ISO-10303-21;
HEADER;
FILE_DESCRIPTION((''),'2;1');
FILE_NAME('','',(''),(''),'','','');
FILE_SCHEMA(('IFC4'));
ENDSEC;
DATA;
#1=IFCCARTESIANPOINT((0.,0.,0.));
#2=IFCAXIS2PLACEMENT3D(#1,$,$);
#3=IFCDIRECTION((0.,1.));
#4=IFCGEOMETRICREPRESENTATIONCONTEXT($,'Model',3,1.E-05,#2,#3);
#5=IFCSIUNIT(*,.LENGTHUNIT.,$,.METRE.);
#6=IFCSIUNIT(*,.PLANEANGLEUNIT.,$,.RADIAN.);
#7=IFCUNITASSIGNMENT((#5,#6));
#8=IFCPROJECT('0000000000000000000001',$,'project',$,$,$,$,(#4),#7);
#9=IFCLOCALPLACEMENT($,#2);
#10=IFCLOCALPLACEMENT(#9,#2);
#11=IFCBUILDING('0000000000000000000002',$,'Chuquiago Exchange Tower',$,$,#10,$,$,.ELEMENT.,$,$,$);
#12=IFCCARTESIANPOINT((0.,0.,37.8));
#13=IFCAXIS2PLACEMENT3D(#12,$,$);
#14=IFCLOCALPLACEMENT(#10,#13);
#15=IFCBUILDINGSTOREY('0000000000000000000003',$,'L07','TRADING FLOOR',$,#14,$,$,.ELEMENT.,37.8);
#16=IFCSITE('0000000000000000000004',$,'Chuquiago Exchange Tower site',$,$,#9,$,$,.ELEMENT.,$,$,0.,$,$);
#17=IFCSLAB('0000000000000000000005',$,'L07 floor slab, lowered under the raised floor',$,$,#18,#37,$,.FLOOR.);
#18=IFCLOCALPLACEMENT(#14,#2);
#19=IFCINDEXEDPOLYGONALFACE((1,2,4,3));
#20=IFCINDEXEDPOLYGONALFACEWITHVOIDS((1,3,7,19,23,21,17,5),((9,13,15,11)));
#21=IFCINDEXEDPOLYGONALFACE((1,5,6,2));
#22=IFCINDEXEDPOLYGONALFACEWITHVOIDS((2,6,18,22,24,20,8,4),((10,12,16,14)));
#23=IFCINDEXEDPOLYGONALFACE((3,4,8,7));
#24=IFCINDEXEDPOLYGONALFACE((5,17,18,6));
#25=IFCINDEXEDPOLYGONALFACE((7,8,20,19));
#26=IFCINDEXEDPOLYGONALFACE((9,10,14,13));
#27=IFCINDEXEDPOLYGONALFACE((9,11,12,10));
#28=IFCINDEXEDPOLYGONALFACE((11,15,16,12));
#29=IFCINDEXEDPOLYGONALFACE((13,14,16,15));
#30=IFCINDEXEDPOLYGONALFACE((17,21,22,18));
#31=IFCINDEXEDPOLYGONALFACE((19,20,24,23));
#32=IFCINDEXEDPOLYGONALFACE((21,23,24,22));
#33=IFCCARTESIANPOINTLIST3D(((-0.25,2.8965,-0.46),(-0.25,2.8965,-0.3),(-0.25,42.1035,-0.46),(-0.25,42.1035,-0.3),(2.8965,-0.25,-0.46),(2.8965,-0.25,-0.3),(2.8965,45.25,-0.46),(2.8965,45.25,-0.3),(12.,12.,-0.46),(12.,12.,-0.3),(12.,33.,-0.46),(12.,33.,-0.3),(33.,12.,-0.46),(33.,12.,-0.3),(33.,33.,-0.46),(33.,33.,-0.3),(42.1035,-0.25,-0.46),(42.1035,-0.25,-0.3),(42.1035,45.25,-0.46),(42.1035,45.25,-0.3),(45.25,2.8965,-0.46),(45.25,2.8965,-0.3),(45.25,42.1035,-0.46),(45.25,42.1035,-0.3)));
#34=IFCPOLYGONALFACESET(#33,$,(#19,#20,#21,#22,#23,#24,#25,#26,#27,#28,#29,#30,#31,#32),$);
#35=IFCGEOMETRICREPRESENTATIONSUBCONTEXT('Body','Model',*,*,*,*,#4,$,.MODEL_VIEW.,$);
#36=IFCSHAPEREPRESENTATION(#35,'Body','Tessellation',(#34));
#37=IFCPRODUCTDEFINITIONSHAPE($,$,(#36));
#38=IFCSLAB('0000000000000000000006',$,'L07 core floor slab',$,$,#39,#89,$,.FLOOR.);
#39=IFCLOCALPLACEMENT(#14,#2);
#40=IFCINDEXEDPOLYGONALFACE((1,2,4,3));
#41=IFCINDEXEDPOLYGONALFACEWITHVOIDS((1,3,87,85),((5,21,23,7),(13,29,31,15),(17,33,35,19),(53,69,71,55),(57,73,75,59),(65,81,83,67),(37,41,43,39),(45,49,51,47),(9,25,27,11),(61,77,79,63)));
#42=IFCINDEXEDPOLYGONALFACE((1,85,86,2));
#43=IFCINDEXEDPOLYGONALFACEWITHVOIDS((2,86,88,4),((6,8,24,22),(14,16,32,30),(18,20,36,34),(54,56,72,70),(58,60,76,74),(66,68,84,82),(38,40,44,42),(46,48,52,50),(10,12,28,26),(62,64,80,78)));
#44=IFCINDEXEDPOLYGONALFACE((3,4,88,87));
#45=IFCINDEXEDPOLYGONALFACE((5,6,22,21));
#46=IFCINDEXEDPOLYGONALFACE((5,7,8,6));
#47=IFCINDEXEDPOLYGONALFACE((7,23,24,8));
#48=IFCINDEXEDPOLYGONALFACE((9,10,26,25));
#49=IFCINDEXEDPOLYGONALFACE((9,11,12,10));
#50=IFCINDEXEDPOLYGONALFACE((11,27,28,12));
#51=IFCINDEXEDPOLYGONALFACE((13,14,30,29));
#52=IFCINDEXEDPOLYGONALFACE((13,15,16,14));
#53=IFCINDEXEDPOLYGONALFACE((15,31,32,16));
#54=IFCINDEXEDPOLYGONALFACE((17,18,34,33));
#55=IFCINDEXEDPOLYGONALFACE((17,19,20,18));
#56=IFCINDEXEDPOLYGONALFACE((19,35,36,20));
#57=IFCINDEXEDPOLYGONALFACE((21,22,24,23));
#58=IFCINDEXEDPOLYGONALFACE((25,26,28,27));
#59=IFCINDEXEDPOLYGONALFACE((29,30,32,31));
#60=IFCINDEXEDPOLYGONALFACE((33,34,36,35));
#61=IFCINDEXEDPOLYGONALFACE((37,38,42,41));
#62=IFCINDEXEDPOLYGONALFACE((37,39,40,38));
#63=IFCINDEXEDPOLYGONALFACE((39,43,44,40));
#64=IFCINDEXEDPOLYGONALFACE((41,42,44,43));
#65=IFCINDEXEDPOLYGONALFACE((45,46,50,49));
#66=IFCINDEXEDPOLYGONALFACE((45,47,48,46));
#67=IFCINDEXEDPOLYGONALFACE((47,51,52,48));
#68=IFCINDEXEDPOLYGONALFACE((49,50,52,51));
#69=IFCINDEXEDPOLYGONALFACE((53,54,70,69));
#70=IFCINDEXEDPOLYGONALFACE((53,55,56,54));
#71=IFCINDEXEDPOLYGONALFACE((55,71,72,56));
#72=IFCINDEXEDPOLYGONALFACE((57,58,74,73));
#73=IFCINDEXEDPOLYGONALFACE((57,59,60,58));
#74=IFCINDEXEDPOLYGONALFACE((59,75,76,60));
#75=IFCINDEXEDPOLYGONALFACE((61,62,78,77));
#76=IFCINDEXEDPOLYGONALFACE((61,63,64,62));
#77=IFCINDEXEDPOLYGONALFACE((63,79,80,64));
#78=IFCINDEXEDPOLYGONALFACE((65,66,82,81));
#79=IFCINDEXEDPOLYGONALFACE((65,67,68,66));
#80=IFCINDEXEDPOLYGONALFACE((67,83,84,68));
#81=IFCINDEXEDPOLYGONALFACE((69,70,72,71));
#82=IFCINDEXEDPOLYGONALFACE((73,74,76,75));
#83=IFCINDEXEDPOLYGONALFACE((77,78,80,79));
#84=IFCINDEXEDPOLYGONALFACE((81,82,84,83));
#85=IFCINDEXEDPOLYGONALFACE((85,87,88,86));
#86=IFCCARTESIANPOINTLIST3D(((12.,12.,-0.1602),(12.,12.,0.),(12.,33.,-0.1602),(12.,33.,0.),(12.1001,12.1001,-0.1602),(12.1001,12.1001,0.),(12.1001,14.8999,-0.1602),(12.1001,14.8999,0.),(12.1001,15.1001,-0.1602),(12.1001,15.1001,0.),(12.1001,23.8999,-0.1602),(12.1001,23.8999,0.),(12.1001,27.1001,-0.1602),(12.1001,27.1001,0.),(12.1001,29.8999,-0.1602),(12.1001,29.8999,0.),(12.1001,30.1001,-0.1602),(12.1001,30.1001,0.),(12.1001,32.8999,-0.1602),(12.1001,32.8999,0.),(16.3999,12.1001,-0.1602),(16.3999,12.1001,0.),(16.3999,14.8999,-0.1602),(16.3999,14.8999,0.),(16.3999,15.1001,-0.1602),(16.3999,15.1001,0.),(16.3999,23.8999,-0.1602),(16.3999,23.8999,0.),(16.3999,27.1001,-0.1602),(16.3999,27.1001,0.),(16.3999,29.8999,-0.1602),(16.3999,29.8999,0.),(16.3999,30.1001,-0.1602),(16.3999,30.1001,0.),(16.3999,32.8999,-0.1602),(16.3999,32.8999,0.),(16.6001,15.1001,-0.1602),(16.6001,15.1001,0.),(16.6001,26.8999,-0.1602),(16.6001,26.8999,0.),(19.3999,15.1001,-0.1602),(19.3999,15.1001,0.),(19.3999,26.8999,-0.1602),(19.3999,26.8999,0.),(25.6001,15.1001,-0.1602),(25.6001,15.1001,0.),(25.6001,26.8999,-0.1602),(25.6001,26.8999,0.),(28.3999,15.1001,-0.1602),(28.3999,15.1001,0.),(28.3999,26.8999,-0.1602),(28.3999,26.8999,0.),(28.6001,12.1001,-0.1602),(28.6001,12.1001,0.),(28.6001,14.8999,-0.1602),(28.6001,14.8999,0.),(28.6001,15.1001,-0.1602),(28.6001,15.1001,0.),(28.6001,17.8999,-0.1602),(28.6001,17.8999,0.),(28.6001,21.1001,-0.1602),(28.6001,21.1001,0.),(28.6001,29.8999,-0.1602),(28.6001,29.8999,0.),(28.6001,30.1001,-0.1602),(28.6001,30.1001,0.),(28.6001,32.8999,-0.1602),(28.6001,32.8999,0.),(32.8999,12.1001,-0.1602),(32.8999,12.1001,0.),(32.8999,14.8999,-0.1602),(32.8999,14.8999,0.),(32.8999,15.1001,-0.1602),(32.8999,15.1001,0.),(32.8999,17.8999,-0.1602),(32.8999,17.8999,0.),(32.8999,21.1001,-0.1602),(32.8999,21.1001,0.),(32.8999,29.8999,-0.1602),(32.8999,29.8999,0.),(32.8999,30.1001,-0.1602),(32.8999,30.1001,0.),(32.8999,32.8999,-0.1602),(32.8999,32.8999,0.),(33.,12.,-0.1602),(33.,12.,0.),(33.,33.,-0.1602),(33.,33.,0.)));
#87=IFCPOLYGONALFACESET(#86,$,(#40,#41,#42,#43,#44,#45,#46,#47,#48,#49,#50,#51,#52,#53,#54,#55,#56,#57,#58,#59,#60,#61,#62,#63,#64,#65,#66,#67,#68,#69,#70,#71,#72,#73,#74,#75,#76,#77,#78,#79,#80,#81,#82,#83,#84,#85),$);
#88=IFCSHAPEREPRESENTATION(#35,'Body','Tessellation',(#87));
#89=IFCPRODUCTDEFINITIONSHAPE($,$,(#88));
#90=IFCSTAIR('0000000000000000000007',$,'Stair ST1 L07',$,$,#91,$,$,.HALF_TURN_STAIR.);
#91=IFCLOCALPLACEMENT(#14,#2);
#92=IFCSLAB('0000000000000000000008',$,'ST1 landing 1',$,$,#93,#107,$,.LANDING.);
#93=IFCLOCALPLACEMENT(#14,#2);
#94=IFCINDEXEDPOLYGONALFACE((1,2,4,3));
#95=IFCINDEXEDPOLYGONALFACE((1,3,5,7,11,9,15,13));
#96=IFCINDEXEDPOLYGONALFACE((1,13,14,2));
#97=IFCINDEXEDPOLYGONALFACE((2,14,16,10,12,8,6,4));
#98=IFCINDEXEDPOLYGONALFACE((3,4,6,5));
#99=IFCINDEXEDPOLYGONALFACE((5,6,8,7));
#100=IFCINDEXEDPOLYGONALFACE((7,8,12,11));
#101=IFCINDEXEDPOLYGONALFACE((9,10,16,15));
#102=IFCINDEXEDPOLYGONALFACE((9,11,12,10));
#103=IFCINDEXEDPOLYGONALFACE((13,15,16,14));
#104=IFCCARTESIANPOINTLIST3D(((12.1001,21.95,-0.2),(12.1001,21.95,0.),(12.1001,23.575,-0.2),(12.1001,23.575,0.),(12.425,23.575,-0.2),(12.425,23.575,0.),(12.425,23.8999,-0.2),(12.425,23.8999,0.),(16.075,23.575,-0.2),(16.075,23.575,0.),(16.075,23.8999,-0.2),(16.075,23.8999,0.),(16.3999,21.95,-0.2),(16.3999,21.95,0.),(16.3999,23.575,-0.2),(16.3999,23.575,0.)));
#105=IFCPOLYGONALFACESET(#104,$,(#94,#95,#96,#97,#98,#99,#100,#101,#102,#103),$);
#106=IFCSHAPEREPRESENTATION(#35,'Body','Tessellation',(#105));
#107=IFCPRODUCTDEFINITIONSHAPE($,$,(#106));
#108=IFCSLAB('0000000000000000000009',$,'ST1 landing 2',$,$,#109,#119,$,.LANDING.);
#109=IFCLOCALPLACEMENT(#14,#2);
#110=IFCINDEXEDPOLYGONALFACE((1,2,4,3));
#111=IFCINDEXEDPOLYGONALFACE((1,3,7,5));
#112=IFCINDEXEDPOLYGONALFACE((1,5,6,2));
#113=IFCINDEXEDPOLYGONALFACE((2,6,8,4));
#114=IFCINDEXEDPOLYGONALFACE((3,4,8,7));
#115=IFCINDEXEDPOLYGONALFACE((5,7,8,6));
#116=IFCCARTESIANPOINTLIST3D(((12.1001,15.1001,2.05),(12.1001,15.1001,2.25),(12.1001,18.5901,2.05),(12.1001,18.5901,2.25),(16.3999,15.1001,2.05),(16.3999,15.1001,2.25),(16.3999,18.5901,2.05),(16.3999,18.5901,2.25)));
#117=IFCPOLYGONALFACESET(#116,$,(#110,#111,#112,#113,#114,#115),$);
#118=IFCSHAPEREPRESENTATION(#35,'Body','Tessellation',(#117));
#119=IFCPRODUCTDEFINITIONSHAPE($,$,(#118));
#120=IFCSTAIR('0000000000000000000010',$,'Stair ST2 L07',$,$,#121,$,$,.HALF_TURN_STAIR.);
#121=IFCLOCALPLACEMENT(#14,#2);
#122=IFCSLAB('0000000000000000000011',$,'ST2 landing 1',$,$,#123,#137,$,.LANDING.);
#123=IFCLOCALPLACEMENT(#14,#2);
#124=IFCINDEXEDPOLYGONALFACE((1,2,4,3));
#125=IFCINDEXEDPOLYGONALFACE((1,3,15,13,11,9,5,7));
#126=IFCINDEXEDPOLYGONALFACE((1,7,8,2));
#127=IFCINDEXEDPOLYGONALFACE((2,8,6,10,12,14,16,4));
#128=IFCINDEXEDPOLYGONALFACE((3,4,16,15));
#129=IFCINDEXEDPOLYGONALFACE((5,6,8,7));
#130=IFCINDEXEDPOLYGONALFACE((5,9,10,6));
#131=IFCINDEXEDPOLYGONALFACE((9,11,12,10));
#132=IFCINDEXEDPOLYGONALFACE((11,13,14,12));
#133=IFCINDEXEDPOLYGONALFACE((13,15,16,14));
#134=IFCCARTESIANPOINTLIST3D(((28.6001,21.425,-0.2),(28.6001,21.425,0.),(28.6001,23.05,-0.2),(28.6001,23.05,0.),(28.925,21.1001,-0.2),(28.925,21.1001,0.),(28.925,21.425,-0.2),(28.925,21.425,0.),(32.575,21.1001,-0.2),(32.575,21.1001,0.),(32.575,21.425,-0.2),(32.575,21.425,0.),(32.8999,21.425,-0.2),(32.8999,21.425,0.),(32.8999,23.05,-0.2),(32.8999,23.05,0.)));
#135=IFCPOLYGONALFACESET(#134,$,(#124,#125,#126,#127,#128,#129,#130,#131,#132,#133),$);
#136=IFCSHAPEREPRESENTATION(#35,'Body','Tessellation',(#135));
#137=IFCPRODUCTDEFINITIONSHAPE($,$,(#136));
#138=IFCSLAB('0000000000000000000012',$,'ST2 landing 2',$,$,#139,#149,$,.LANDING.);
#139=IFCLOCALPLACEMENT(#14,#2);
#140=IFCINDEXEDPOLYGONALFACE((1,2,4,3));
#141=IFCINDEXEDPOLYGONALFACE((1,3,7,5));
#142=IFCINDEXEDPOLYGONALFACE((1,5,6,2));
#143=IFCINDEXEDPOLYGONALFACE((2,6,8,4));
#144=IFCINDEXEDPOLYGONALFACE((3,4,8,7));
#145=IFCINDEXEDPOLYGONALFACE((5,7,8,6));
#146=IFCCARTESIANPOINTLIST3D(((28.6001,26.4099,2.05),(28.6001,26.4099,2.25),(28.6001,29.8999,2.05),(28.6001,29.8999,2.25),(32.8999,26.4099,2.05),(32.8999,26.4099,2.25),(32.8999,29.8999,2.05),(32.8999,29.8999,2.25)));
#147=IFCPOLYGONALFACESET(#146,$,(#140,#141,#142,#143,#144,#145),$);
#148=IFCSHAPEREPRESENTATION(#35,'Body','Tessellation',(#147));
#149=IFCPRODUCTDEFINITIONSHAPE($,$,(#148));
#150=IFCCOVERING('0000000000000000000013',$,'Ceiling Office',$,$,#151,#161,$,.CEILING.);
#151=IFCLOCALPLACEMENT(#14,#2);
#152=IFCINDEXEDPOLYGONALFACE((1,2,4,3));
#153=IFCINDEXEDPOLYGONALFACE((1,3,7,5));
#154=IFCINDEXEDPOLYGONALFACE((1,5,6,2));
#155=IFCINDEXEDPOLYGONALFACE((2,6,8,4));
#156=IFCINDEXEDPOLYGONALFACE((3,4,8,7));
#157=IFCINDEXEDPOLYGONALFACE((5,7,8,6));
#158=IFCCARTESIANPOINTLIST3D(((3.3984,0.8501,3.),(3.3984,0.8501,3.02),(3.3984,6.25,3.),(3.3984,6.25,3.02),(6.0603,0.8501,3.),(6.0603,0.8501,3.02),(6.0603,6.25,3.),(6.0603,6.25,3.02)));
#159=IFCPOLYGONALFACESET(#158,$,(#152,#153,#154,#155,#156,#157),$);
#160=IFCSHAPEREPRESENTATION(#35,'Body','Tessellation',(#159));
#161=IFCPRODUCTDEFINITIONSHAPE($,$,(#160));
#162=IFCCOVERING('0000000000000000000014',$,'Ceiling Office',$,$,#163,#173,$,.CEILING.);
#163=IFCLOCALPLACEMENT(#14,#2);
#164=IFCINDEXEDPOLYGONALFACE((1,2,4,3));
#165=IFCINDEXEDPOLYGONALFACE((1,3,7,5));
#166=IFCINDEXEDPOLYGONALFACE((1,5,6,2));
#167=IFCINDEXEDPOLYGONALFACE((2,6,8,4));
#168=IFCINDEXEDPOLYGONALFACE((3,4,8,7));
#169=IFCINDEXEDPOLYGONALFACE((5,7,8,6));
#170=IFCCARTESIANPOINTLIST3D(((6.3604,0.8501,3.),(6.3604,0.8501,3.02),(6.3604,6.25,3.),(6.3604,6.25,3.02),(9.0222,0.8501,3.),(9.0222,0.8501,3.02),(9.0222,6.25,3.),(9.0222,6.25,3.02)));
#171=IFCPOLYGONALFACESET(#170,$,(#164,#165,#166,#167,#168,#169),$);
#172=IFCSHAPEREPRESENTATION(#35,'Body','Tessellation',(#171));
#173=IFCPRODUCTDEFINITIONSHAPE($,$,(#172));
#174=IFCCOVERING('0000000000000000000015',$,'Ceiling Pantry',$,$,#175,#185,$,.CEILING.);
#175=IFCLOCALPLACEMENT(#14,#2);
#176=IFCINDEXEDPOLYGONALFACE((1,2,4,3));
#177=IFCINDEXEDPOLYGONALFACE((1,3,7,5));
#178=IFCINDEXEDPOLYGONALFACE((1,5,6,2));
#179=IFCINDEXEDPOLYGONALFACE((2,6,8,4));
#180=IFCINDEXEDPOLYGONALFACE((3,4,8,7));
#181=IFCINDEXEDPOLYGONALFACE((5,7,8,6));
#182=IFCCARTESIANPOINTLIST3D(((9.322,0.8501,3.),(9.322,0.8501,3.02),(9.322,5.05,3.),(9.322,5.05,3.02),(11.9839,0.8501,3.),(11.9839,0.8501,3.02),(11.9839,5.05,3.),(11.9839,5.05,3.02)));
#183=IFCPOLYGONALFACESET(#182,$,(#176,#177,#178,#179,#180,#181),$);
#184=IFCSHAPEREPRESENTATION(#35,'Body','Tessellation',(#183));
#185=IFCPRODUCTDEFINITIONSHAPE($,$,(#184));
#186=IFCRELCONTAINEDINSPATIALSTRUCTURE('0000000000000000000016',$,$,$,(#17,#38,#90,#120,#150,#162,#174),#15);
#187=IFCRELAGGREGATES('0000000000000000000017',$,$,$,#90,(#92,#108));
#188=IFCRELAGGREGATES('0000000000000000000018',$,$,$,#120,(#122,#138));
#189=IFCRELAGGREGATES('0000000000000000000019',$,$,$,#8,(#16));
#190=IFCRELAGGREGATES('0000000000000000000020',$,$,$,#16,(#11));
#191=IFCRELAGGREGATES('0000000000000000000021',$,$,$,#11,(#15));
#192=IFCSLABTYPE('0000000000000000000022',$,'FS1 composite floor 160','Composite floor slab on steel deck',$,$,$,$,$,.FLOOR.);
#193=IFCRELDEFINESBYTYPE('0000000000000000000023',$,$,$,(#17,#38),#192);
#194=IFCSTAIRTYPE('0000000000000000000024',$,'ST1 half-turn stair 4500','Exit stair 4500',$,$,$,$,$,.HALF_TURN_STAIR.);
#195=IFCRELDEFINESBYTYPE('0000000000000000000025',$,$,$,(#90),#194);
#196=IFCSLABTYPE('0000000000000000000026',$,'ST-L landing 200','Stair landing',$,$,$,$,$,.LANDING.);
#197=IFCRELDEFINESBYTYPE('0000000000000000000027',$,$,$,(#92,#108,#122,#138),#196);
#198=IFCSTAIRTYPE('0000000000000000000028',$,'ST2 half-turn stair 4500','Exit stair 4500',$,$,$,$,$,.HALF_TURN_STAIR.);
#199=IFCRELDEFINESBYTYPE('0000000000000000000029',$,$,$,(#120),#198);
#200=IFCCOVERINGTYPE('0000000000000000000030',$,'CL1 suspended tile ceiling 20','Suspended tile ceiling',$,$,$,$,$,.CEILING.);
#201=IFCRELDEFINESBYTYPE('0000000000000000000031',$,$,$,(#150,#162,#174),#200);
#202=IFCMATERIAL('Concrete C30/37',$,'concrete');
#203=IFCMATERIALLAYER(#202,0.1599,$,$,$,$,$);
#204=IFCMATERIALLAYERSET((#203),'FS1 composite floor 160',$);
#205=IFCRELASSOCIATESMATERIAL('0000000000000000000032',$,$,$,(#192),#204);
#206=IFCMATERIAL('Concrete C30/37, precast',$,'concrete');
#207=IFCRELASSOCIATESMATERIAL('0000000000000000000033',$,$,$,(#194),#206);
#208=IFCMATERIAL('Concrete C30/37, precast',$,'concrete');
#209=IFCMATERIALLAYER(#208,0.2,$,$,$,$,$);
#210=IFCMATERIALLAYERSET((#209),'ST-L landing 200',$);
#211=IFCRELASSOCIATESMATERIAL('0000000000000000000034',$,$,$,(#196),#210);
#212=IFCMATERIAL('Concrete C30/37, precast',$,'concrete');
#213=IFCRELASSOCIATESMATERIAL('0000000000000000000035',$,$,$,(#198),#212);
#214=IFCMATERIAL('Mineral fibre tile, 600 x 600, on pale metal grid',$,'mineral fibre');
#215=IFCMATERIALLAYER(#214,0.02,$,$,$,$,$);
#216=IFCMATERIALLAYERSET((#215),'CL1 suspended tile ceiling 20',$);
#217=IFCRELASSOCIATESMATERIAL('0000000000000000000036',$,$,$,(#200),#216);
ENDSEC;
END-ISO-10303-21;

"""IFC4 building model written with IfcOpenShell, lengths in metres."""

from ifc_helpers import new_model, si_unit, direction, frame, origin, place, context, subcontext, project, spatial, polyline, outline, extrude, material, layer, layer_set, type_object, element, aggregate, save


model = new_model("IFC4")

# Units and contexts
model_context = context("Model", 3, precision=1e-05, world=origin(), true_north=direction((0.0, 1.0)))
body_context = subcontext(model_context, "Body", "Model", "MODEL_VIEW")
ifc_project = project(units=[si_unit("LENGTHUNIT", "METRE"), si_unit("PLANEANGLEUNIT", "RADIAN")], contexts=[model_context])

# Site, building, storey
site_placement = place(None, origin())
site = spatial("IfcSite", under=ifc_project, at=site_placement, Name="Chuquiago Exchange Tower site", CompositionType="ELEMENT", RefElevation=0.0)
building_placement = place(site_placement, origin())
building = spatial("IfcBuilding", under=site, at=building_placement, Name="Chuquiago Exchange Tower", CompositionType="ELEMENT")
storey_placement = place(building_placement, frame((0.0, 0.0, 37.8)))
storey = spatial("IfcBuildingStorey", under=building, at=storey_placement, Name="L07", Description="TRADING FLOOR", CompositionType="ELEMENT", Elevation=37.8)

# Slabs
ifc_material_1 = material(Name="Concrete C30/37", Category="concrete")
ifc_layer_1 = layer(ifc_material_1, 0.1599)
ifc_layer_set_1 = layer_set([ifc_layer_1], Name="FS1 composite floor 160")
slab_type_1 = type_object("IfcSlabType", Name="FS1 composite floor 160", Description="Composite floor slab on steel deck", PredefinedType="FLOOR", material=ifc_layer_set_1)
slab_1_placement = place(storey_placement, frame((0.0, 0.0, -0.46)))
element("IfcSlab", 1, at=slab_1_placement, inside=storey, type_object=slab_type_1, Name="L07 floor slab, lowered under the raised floor", PredefinedType="FLOOR", context=body_context, shape_type="SweptSolid", body=[
    extrude(outline(polyline([(-0.25, 2.8965), (-0.25, 42.1035), (2.8965, 45.25), (42.1035, 45.25), (45.25, 42.1035), (45.25, 2.8965), (42.1035, -0.25), (2.8965, -0.25), (-0.25, 2.8965)]), holes=[polyline([(33.0, 33.0), (12.0, 33.0), (12.0, 12.0), (33.0, 12.0), (33.0, 33.0)])]), origin(), (0.0, 0.0, 1.0), 0.1599),
])
slab_2_placement = place(storey_placement, frame((0.0, 0.0, -0.1602)))
element("IfcSlab", 2, at=slab_2_placement, inside=storey, type_object=slab_type_1, Name="L07 core floor slab", PredefinedType="FLOOR", context=body_context, shape_type="SweptSolid", body=[
    extrude(outline(polyline([(33.0, 12.0), (33.0, 33.0), (12.0, 33.0), (12.0, 12.0), (33.0, 12.0)]), holes=[polyline([(16.3999, 15.1001), (12.1001, 15.1001), (12.1001, 23.8999), (16.3999, 23.8999), (16.3999, 15.1001)]), polyline([(32.8999, 21.1001), (28.6001, 21.1001), (28.6001, 29.8999), (32.8999, 29.8999), (32.8999, 21.1001)]), polyline([(16.3999, 12.1001), (12.1001, 12.1001), (12.1001, 14.8999), (16.3999, 14.8999), (16.3999, 12.1001)]), polyline([(16.3999, 30.1001), (12.1001, 30.1001), (12.1001, 32.8999), (16.3999, 32.8999), (16.3999, 30.1001)]), polyline([(32.8999, 12.1001), (28.6001, 12.1001), (28.6001, 14.8999), (32.8999, 14.8999), (32.8999, 12.1001)]), polyline([(32.8999, 30.1001), (28.6001, 30.1001), (28.6001, 32.8999), (32.8999, 32.8999), (32.8999, 30.1001)]), polyline([(16.3999, 27.1001), (12.1001, 27.1001), (12.1001, 29.8999), (16.3999, 29.8999), (16.3999, 27.1001)]), polyline([(32.8999, 15.1001), (28.6001, 15.1001), (28.6001, 17.8999), (32.8999, 17.8999), (32.8999, 15.1001)]), polyline([(19.3999, 15.1001), (16.6001, 15.1001), (16.6001, 26.8999), (19.3999, 26.8999), (19.3999, 15.1001)]), polyline([(28.3999, 15.1001), (25.6001, 15.1001), (25.6001, 26.8999), (28.3999, 26.8999), (28.3999, 15.1001)])]), origin(), (0.0, 0.0, 1.0), 0.1602),
])

# Stairs, slabs
ifc_material_2 = material(Name="Concrete C30/37, precast", Category="concrete")
stair_type_1 = type_object("IfcStairType", Name="ST1 half-turn stair 4500", Description="Exit stair 4500", PredefinedType="HALF_TURN_STAIR", material=ifc_material_2)
stair_1_placement = place(storey_placement, origin())
stair_1 = element("IfcStair", 3, at=stair_1_placement, inside=storey, type_object=stair_type_1, Name="Stair ST1 L07", PredefinedType="HALF_TURN_STAIR")
ifc_material_3 = material(Name="Concrete C30/37, precast", Category="concrete")
ifc_layer_2 = layer(ifc_material_3, 0.2)
ifc_layer_set_2 = layer_set([ifc_layer_2], Name="ST-L landing 200")
slab_type_2 = type_object("IfcSlabType", Name="ST-L landing 200", Description="Stair landing", PredefinedType="LANDING", material=ifc_layer_set_2)
slab_3_placement = place(storey_placement, frame((0.0, 0.0, -0.2)))
slab_3 = element("IfcSlab", 4, at=slab_3_placement, type_object=slab_type_2, Name="ST1 landing 1", PredefinedType="LANDING", context=body_context, shape_type="SweptSolid", body=[
    extrude(outline(polyline([(12.425, 23.8999), (16.075, 23.8999), (16.075, 23.575), (16.3999, 23.575), (16.3999, 21.95), (12.1001, 21.95), (12.1001, 23.575), (12.425, 23.575), (12.425, 23.8999)])), origin(), (0.0, 0.0, 1.0), 0.2),
])
slab_4_placement = place(storey_placement, frame((0.0, 0.0, 2.05)))
slab_4 = element("IfcSlab", 5, at=slab_4_placement, type_object=slab_type_2, Name="ST1 landing 2", PredefinedType="LANDING", context=body_context, shape_type="SweptSolid", body=[
    extrude(outline(polyline([(12.1001, 18.5901), (16.3999, 18.5901), (16.3999, 15.1001), (12.1001, 15.1001), (12.1001, 18.5901)])), origin(), (0.0, 0.0, 1.0), 0.2),
])
aggregate(stair_1, [slab_3, slab_4])
ifc_material_4 = material(Name="Concrete C30/37, precast", Category="concrete")
stair_type_2 = type_object("IfcStairType", Name="ST2 half-turn stair 4500", Description="Exit stair 4500", PredefinedType="HALF_TURN_STAIR", material=ifc_material_4)
stair_2_placement = place(storey_placement, origin())
stair_2 = element("IfcStair", 6, at=stair_2_placement, inside=storey, type_object=stair_type_2, Name="Stair ST2 L07", PredefinedType="HALF_TURN_STAIR")
slab_5_placement = place(storey_placement, frame((0.0, 0.0, -0.2)))
slab_5 = element("IfcSlab", 7, at=slab_5_placement, type_object=slab_type_2, Name="ST2 landing 1", PredefinedType="LANDING", context=body_context, shape_type="SweptSolid", body=[
    extrude(outline(polyline([(32.575, 21.425), (32.575, 21.1001), (28.925, 21.1001), (28.925, 21.425), (28.6001, 21.425), (28.6001, 23.05), (32.8999, 23.05), (32.8999, 21.425), (32.575, 21.425)])), origin(), (0.0, 0.0, 1.0), 0.2),
])
slab_6_placement = place(storey_placement, frame((0.0, 0.0, 2.05)))
slab_6 = element("IfcSlab", 8, at=slab_6_placement, type_object=slab_type_2, Name="ST2 landing 2", PredefinedType="LANDING", context=body_context, shape_type="SweptSolid", body=[
    extrude(outline(polyline([(28.6001, 29.8999), (32.8999, 29.8999), (32.8999, 26.4099), (28.6001, 26.4099), (28.6001, 29.8999)])), origin(), (0.0, 0.0, 1.0), 0.2),
])
aggregate(stair_2, [slab_5, slab_6])

# Coverings
ifc_material_5 = material(Name="Mineral fibre tile, 600 x 600, on pale metal grid", Category="mineral fibre")
ifc_layer_3 = layer(ifc_material_5, 0.02)
ifc_layer_set_3 = layer_set([ifc_layer_3], Name="CL1 suspended tile ceiling 20")
covering_type_1 = type_object("IfcCoveringType", Name="CL1 suspended tile ceiling 20", Description="Suspended tile ceiling", PredefinedType="CEILING", material=ifc_layer_set_3)
covering_1_placement = place(storey_placement, frame((0.0, 0.0, 3.0)))
element("IfcCovering", 9, at=covering_1_placement, inside=storey, type_object=covering_type_1, Name="Ceiling Office", PredefinedType="CEILING", context=body_context, shape_type="SweptSolid", body=[
    extrude(outline(polyline([(3.3984, 6.25), (6.0603, 6.25), (6.0603, 0.8501), (3.3984, 0.8501), (3.3984, 6.25)])), origin(), (0.0, 0.0, 1.0), 0.02),
])
covering_2_placement = place(storey_placement, frame((0.0, 0.0, 3.0)))
element("IfcCovering", 10, at=covering_2_placement, inside=storey, type_object=covering_type_1, Name="Ceiling Office", PredefinedType="CEILING", context=body_context, shape_type="SweptSolid", body=[
    extrude(outline(polyline([(6.3604, 6.25), (9.0222, 6.25), (9.0222, 0.8501), (6.3604, 0.8501), (6.3604, 6.25)])), origin(), (0.0, 0.0, 1.0), 0.02),
])
covering_3_placement = place(storey_placement, frame((0.0, 0.0, 3.0)))
element("IfcCovering", 11, at=covering_3_placement, inside=storey, type_object=covering_type_1, Name="Ceiling Pantry", PredefinedType="CEILING", context=body_context, shape_type="SweptSolid", body=[
    extrude(outline(polyline([(9.322, 5.05), (11.9839, 5.05), (11.9839, 0.8501), (9.322, 0.8501), (9.322, 5.05)])), origin(), (0.0, 0.0, 1.0), 0.02),
])

save(model, "model.ifc")
